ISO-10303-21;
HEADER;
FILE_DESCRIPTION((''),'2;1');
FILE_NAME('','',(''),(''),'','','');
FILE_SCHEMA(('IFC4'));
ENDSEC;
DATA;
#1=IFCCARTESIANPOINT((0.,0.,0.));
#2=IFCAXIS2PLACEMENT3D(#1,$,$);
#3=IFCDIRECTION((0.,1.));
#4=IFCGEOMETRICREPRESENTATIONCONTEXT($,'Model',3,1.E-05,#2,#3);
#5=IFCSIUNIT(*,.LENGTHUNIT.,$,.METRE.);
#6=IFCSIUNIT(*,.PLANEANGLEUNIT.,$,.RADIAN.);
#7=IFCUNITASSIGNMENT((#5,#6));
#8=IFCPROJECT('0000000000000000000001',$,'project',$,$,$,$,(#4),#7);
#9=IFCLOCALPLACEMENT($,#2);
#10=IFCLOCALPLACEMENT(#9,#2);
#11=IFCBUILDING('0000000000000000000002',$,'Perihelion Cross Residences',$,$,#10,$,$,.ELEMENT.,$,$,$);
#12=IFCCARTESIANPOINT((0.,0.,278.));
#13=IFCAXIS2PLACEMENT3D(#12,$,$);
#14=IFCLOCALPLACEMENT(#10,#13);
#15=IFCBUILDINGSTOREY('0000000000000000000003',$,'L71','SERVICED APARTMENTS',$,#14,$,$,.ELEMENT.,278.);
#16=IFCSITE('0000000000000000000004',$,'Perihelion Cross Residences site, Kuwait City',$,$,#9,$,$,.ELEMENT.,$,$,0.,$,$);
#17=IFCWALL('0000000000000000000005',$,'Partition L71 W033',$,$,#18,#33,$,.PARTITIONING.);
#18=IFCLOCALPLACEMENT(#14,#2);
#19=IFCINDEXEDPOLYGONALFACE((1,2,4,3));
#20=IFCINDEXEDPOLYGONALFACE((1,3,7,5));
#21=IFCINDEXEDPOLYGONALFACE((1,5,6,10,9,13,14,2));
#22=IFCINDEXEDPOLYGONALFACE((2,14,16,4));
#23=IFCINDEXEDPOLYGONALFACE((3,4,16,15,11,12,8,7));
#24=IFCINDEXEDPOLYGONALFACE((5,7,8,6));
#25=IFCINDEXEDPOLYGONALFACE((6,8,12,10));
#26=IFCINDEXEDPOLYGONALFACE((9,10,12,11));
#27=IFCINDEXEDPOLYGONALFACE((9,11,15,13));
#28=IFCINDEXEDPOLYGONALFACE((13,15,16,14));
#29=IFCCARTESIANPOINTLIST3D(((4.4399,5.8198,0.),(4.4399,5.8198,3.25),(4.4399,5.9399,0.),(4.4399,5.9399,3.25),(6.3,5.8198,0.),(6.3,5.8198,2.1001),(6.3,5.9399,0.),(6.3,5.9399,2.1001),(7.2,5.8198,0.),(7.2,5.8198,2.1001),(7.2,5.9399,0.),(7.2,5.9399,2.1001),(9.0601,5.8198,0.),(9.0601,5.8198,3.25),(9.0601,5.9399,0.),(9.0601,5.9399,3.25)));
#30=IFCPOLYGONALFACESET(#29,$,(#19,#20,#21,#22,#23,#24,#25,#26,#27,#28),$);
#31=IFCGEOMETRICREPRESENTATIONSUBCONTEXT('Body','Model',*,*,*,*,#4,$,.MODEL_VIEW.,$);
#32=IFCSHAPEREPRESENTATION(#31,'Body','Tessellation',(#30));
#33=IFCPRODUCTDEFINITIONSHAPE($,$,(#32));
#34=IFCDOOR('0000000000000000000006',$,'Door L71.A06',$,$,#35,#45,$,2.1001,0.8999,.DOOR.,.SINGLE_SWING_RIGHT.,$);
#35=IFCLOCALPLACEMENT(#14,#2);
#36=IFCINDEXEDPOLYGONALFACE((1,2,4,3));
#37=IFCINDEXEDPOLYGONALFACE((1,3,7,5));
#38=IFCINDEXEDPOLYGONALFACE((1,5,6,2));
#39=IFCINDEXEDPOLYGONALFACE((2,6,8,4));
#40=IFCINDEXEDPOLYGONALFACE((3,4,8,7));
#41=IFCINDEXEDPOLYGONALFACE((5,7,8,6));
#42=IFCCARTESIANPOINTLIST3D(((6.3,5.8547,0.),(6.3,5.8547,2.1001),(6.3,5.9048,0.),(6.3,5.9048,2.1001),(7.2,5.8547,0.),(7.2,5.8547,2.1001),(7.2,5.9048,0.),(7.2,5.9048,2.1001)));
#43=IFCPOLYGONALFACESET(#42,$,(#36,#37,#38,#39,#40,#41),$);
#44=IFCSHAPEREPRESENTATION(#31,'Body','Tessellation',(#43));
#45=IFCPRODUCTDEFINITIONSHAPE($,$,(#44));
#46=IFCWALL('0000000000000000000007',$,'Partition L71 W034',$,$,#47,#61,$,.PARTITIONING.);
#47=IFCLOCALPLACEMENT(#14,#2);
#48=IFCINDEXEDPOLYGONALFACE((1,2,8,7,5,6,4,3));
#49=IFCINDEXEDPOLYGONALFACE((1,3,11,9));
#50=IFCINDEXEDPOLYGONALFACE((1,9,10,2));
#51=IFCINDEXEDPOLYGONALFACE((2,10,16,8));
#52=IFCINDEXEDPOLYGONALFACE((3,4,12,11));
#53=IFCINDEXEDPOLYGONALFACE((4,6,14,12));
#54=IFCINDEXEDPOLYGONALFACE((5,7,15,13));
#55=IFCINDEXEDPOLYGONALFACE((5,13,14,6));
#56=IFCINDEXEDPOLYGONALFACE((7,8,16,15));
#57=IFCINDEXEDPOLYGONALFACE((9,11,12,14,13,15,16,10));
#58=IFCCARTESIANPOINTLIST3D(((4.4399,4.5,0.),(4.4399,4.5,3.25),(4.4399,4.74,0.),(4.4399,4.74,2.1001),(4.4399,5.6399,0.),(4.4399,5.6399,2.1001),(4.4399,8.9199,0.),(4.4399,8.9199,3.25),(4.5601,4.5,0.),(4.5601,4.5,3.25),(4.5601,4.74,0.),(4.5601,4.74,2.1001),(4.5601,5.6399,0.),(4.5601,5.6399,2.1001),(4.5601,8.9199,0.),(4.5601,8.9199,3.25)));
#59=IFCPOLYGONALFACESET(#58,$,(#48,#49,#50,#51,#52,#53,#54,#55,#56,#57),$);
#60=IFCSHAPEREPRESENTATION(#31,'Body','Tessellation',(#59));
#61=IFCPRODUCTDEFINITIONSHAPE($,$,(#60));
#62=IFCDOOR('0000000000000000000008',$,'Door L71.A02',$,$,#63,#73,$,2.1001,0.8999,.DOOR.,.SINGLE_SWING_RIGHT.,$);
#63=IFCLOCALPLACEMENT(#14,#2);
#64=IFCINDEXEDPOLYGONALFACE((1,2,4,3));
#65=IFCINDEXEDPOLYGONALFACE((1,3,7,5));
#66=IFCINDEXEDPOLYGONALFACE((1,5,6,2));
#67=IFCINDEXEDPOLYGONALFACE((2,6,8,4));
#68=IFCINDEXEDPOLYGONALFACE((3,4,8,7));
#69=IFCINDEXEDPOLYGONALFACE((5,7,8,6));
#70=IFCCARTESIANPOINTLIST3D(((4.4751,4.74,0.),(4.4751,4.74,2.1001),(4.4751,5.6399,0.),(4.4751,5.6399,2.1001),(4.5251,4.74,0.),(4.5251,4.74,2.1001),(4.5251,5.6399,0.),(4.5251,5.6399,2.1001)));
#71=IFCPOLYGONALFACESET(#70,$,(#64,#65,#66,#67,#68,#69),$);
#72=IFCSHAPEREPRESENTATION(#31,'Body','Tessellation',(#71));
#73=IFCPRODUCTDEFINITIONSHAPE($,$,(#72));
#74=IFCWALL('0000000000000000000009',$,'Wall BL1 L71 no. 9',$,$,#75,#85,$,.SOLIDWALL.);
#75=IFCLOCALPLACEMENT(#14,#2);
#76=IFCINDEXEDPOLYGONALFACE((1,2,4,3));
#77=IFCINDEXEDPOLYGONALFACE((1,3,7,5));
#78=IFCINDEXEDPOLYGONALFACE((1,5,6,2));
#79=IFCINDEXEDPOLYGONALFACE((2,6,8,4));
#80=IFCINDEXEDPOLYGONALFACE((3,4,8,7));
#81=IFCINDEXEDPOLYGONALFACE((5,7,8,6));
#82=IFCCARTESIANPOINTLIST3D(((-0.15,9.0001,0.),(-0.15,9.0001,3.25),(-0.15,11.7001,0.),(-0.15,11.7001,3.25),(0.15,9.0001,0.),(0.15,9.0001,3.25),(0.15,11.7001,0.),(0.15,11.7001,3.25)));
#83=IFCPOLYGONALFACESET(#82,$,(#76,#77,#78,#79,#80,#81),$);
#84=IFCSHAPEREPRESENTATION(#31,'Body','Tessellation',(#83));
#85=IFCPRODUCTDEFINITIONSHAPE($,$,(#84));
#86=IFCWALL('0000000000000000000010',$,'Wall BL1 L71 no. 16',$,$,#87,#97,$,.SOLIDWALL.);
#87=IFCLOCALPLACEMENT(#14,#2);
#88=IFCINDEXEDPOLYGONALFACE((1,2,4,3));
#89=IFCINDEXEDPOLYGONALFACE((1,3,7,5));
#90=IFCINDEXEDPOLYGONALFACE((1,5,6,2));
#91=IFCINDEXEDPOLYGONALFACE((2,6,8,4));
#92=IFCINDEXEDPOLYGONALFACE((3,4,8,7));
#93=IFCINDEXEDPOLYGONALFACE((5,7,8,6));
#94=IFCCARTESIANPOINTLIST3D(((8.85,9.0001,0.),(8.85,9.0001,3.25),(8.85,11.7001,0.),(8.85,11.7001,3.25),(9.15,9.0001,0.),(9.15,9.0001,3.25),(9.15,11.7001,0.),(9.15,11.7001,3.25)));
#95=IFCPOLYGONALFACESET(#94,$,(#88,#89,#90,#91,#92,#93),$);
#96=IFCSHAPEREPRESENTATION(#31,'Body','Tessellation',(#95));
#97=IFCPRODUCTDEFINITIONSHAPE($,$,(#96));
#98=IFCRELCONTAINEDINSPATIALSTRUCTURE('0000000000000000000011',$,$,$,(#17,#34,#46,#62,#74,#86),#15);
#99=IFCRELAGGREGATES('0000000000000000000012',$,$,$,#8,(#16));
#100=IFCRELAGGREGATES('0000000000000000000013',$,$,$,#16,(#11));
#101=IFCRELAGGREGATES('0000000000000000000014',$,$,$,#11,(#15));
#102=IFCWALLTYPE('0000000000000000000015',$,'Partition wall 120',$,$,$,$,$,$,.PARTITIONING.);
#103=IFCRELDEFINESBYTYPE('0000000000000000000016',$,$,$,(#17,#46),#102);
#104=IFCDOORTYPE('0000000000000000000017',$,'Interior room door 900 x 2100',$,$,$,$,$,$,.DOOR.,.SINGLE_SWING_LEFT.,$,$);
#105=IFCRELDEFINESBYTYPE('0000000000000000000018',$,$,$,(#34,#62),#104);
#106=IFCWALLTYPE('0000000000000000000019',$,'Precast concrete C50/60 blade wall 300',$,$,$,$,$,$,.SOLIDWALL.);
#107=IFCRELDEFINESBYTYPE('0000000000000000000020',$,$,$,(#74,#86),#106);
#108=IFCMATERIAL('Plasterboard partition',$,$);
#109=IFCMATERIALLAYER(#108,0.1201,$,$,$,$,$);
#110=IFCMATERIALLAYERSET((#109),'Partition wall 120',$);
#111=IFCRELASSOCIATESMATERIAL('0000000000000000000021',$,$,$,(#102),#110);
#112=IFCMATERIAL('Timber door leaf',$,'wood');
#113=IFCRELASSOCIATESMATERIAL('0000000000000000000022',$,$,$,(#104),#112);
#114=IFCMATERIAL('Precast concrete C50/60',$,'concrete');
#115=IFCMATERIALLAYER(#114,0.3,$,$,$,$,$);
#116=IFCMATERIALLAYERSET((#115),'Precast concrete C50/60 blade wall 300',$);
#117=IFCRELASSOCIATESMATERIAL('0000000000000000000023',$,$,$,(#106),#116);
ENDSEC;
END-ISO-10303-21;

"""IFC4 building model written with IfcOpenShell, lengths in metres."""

from ifc_helpers import new_model, si_unit, direction, frame, frame_2d, origin, place, context, subcontext, project, spatial, rectangle, extrude, material, layer, layer_set, type_object, element, fill, save


model = new_model("IFC4")

# Units and contexts
model_context = context("Model", 3, precision=1e-05, world=origin(), true_north=direction((0.0, 1.0)))
body_context = subcontext(model_context, "Body", "Model", "MODEL_VIEW")
ifc_project = project(units=[si_unit("LENGTHUNIT", "METRE"), si_unit("PLANEANGLEUNIT", "RADIAN")], contexts=[model_context])

# Site, building, storey
site_placement = place(None, origin())
site = spatial("IfcSite", under=ifc_project, at=site_placement, Name="Perihelion Cross Residences site, Kuwait City", CompositionType="ELEMENT", RefElevation=0.0)
building_placement = place(site_placement, origin())
building = spatial("IfcBuilding", under=site, at=building_placement, Name="Perihelion Cross Residences", CompositionType="ELEMENT")
storey_placement = place(building_placement, frame((0.0, 0.0, 278.0)))
storey = spatial("IfcBuildingStorey", under=building, at=storey_placement, Name="L71", Description="SERVICED APARTMENTS", CompositionType="ELEMENT", Elevation=278.0)

# Shared definitions
ifc_material_1 = material(Name="Plasterboard partition")
ifc_layer_1 = layer(ifc_material_1, 0.1201)
ifc_layer_set_1 = layer_set([ifc_layer_1], Name="Partition wall 120")
wall_type_1 = type_object("IfcWallType", Name="Partition wall 120", PredefinedType="PARTITIONING", material=ifc_layer_set_1)
ifc_material_2 = material(Name="Timber door leaf", Category="wood")
door_type_1 = type_object("IfcDoorType", Name="Interior room door 900 x 2100", OperationType="SINGLE_SWING_LEFT", PredefinedType="DOOR", material=ifc_material_2)

# Walls, openings, doors
wall_1_placement = place(storey_placement, frame((4.4399, 5.8799, 0.0), z_axis=(0.0, 0.0, 1.0), x_axis=(1.0, 0.0, 0.0)))
wall_1 = element("IfcWall", 1, at=wall_1_placement, inside=storey, type_object=wall_type_1, Name="Partition L71 W033", PredefinedType="PARTITIONING", context=body_context, shape_type="SweptSolid", body=[
    extrude(rectangle(XDim=4.6201, YDim=0.1201, at=frame_2d((2.3101, 0.0))), origin(), (0.0, 0.0, 1.0), 3.25),
])
opening_1_placement = place(wall_1_placement, frame((1.8601, 0.0, 0.0)))
opening_1 = element("IfcOpeningElement", 2, at=opening_1_placement, cuts=wall_1, PredefinedType="OPENING", context=body_context, shape_type="SweptSolid", body=[
    extrude(rectangle(XDim=0.8999, YDim=2.1001, at=frame_2d((0.45, 1.05))), frame((0.0, 0.0701, 0.0), z_axis=(0.0, -1.0, 0.0), x_axis=(1.0, 0.0, 0.0)), (0.0, 0.0, 1.0), 0.1401),
])
door_1_placement = place(opening_1_placement, origin())
door_1 = element("IfcDoor", 3, at=door_1_placement, inside=storey, type_object=door_type_1, Name="Door L71.A06", OperationType="SINGLE_SWING_RIGHT", OverallHeight=2.1001, OverallWidth=0.8999, PredefinedType="DOOR", context=body_context, shape_type="SweptSolid", body=[
    extrude(rectangle(XDim=0.8999, YDim=2.1001, at=frame_2d((0.45, 1.05))), frame((0.0, 0.0249, 0.0), z_axis=(0.0, -1.0, 0.0), x_axis=(1.0, 0.0, 0.0)), (0.0, 0.0, 1.0), 0.05),
])
fill(opening_1, door_1)
wall_2_placement = place(storey_placement, frame((4.5, 4.5, 0.0), z_axis=(0.0, 0.0, 1.0), x_axis=(0.0, 1.0, 0.0)))
wall_2 = element("IfcWall", 4, at=wall_2_placement, inside=storey, type_object=wall_type_1, Name="Partition L71 W034", PredefinedType="PARTITIONING", context=body_context, shape_type="SweptSolid", body=[
    extrude(rectangle(XDim=4.4199, YDim=0.1201, at=frame_2d((2.21, 0.0))), origin(), (0.0, 0.0, 1.0), 3.25),
])
opening_2_placement = place(wall_2_placement, frame((0.24, 0.0, 0.0)))
opening_2 = element("IfcOpeningElement", 5, at=opening_2_placement, cuts=wall_2, PredefinedType="OPENING", context=body_context, shape_type="SweptSolid", body=[
    extrude(rectangle(XDim=0.8999, YDim=2.1001, at=frame_2d((0.45, 1.05))), frame((0.0, 0.0701, 0.0), z_axis=(0.0, -1.0, 0.0), x_axis=(1.0, 0.0, 0.0)), (0.0, 0.0, 1.0), 0.1401),
])
door_2_placement = place(opening_2_placement, origin())
door_2 = element("IfcDoor", 6, at=door_2_placement, inside=storey, type_object=door_type_1, Name="Door L71.A02", OperationType="SINGLE_SWING_RIGHT", OverallHeight=2.1001, OverallWidth=0.8999, PredefinedType="DOOR", context=body_context, shape_type="SweptSolid", body=[
    extrude(rectangle(XDim=0.8999, YDim=2.1001, at=frame_2d((0.45, 1.05))), frame((0.0, 0.0249, 0.0), z_axis=(0.0, -1.0, 0.0), x_axis=(1.0, 0.0, 0.0)), (0.0, 0.0, 1.0), 0.05),
])
fill(opening_2, door_2)

# Walls
ifc_material_3 = material(Name="Precast concrete C50/60", Category="concrete")
ifc_layer_2 = layer(ifc_material_3, 0.3)
ifc_layer_set_2 = layer_set([ifc_layer_2], Name="Precast concrete C50/60 blade wall 300")
wall_type_2 = type_object("IfcWallType", Name="Precast concrete C50/60 blade wall 300", PredefinedType="SOLIDWALL", material=ifc_layer_set_2)
for number, where, z_axis, x_axis, name in (
    (7, (0.0, 9.0, 0.0), (0.0, 0.0, 1.0), (0.0, 1.0, 0.0), "Wall BL1 L71 no. 9"),
    (8, (9.0, 9.0, 0.0), (0.0, 0.0, 1.0), (0.0, 1.0, 0.0), "Wall BL1 L71 no. 16"),
):
    element("IfcWall", number, at=place(storey_placement, frame(where, z_axis=z_axis, x_axis=x_axis)), inside=storey, type_object=wall_type_2, Name=name, PredefinedType="SOLIDWALL", context=body_context, shape_type="SweptSolid", body=[
        extrude(rectangle(XDim=2.7, YDim=0.3, at=frame_2d((1.3501, 0.0))), origin(), (0.0, 0.0, 1.0), 3.25),
    ])

save(model, "model.ifc")
